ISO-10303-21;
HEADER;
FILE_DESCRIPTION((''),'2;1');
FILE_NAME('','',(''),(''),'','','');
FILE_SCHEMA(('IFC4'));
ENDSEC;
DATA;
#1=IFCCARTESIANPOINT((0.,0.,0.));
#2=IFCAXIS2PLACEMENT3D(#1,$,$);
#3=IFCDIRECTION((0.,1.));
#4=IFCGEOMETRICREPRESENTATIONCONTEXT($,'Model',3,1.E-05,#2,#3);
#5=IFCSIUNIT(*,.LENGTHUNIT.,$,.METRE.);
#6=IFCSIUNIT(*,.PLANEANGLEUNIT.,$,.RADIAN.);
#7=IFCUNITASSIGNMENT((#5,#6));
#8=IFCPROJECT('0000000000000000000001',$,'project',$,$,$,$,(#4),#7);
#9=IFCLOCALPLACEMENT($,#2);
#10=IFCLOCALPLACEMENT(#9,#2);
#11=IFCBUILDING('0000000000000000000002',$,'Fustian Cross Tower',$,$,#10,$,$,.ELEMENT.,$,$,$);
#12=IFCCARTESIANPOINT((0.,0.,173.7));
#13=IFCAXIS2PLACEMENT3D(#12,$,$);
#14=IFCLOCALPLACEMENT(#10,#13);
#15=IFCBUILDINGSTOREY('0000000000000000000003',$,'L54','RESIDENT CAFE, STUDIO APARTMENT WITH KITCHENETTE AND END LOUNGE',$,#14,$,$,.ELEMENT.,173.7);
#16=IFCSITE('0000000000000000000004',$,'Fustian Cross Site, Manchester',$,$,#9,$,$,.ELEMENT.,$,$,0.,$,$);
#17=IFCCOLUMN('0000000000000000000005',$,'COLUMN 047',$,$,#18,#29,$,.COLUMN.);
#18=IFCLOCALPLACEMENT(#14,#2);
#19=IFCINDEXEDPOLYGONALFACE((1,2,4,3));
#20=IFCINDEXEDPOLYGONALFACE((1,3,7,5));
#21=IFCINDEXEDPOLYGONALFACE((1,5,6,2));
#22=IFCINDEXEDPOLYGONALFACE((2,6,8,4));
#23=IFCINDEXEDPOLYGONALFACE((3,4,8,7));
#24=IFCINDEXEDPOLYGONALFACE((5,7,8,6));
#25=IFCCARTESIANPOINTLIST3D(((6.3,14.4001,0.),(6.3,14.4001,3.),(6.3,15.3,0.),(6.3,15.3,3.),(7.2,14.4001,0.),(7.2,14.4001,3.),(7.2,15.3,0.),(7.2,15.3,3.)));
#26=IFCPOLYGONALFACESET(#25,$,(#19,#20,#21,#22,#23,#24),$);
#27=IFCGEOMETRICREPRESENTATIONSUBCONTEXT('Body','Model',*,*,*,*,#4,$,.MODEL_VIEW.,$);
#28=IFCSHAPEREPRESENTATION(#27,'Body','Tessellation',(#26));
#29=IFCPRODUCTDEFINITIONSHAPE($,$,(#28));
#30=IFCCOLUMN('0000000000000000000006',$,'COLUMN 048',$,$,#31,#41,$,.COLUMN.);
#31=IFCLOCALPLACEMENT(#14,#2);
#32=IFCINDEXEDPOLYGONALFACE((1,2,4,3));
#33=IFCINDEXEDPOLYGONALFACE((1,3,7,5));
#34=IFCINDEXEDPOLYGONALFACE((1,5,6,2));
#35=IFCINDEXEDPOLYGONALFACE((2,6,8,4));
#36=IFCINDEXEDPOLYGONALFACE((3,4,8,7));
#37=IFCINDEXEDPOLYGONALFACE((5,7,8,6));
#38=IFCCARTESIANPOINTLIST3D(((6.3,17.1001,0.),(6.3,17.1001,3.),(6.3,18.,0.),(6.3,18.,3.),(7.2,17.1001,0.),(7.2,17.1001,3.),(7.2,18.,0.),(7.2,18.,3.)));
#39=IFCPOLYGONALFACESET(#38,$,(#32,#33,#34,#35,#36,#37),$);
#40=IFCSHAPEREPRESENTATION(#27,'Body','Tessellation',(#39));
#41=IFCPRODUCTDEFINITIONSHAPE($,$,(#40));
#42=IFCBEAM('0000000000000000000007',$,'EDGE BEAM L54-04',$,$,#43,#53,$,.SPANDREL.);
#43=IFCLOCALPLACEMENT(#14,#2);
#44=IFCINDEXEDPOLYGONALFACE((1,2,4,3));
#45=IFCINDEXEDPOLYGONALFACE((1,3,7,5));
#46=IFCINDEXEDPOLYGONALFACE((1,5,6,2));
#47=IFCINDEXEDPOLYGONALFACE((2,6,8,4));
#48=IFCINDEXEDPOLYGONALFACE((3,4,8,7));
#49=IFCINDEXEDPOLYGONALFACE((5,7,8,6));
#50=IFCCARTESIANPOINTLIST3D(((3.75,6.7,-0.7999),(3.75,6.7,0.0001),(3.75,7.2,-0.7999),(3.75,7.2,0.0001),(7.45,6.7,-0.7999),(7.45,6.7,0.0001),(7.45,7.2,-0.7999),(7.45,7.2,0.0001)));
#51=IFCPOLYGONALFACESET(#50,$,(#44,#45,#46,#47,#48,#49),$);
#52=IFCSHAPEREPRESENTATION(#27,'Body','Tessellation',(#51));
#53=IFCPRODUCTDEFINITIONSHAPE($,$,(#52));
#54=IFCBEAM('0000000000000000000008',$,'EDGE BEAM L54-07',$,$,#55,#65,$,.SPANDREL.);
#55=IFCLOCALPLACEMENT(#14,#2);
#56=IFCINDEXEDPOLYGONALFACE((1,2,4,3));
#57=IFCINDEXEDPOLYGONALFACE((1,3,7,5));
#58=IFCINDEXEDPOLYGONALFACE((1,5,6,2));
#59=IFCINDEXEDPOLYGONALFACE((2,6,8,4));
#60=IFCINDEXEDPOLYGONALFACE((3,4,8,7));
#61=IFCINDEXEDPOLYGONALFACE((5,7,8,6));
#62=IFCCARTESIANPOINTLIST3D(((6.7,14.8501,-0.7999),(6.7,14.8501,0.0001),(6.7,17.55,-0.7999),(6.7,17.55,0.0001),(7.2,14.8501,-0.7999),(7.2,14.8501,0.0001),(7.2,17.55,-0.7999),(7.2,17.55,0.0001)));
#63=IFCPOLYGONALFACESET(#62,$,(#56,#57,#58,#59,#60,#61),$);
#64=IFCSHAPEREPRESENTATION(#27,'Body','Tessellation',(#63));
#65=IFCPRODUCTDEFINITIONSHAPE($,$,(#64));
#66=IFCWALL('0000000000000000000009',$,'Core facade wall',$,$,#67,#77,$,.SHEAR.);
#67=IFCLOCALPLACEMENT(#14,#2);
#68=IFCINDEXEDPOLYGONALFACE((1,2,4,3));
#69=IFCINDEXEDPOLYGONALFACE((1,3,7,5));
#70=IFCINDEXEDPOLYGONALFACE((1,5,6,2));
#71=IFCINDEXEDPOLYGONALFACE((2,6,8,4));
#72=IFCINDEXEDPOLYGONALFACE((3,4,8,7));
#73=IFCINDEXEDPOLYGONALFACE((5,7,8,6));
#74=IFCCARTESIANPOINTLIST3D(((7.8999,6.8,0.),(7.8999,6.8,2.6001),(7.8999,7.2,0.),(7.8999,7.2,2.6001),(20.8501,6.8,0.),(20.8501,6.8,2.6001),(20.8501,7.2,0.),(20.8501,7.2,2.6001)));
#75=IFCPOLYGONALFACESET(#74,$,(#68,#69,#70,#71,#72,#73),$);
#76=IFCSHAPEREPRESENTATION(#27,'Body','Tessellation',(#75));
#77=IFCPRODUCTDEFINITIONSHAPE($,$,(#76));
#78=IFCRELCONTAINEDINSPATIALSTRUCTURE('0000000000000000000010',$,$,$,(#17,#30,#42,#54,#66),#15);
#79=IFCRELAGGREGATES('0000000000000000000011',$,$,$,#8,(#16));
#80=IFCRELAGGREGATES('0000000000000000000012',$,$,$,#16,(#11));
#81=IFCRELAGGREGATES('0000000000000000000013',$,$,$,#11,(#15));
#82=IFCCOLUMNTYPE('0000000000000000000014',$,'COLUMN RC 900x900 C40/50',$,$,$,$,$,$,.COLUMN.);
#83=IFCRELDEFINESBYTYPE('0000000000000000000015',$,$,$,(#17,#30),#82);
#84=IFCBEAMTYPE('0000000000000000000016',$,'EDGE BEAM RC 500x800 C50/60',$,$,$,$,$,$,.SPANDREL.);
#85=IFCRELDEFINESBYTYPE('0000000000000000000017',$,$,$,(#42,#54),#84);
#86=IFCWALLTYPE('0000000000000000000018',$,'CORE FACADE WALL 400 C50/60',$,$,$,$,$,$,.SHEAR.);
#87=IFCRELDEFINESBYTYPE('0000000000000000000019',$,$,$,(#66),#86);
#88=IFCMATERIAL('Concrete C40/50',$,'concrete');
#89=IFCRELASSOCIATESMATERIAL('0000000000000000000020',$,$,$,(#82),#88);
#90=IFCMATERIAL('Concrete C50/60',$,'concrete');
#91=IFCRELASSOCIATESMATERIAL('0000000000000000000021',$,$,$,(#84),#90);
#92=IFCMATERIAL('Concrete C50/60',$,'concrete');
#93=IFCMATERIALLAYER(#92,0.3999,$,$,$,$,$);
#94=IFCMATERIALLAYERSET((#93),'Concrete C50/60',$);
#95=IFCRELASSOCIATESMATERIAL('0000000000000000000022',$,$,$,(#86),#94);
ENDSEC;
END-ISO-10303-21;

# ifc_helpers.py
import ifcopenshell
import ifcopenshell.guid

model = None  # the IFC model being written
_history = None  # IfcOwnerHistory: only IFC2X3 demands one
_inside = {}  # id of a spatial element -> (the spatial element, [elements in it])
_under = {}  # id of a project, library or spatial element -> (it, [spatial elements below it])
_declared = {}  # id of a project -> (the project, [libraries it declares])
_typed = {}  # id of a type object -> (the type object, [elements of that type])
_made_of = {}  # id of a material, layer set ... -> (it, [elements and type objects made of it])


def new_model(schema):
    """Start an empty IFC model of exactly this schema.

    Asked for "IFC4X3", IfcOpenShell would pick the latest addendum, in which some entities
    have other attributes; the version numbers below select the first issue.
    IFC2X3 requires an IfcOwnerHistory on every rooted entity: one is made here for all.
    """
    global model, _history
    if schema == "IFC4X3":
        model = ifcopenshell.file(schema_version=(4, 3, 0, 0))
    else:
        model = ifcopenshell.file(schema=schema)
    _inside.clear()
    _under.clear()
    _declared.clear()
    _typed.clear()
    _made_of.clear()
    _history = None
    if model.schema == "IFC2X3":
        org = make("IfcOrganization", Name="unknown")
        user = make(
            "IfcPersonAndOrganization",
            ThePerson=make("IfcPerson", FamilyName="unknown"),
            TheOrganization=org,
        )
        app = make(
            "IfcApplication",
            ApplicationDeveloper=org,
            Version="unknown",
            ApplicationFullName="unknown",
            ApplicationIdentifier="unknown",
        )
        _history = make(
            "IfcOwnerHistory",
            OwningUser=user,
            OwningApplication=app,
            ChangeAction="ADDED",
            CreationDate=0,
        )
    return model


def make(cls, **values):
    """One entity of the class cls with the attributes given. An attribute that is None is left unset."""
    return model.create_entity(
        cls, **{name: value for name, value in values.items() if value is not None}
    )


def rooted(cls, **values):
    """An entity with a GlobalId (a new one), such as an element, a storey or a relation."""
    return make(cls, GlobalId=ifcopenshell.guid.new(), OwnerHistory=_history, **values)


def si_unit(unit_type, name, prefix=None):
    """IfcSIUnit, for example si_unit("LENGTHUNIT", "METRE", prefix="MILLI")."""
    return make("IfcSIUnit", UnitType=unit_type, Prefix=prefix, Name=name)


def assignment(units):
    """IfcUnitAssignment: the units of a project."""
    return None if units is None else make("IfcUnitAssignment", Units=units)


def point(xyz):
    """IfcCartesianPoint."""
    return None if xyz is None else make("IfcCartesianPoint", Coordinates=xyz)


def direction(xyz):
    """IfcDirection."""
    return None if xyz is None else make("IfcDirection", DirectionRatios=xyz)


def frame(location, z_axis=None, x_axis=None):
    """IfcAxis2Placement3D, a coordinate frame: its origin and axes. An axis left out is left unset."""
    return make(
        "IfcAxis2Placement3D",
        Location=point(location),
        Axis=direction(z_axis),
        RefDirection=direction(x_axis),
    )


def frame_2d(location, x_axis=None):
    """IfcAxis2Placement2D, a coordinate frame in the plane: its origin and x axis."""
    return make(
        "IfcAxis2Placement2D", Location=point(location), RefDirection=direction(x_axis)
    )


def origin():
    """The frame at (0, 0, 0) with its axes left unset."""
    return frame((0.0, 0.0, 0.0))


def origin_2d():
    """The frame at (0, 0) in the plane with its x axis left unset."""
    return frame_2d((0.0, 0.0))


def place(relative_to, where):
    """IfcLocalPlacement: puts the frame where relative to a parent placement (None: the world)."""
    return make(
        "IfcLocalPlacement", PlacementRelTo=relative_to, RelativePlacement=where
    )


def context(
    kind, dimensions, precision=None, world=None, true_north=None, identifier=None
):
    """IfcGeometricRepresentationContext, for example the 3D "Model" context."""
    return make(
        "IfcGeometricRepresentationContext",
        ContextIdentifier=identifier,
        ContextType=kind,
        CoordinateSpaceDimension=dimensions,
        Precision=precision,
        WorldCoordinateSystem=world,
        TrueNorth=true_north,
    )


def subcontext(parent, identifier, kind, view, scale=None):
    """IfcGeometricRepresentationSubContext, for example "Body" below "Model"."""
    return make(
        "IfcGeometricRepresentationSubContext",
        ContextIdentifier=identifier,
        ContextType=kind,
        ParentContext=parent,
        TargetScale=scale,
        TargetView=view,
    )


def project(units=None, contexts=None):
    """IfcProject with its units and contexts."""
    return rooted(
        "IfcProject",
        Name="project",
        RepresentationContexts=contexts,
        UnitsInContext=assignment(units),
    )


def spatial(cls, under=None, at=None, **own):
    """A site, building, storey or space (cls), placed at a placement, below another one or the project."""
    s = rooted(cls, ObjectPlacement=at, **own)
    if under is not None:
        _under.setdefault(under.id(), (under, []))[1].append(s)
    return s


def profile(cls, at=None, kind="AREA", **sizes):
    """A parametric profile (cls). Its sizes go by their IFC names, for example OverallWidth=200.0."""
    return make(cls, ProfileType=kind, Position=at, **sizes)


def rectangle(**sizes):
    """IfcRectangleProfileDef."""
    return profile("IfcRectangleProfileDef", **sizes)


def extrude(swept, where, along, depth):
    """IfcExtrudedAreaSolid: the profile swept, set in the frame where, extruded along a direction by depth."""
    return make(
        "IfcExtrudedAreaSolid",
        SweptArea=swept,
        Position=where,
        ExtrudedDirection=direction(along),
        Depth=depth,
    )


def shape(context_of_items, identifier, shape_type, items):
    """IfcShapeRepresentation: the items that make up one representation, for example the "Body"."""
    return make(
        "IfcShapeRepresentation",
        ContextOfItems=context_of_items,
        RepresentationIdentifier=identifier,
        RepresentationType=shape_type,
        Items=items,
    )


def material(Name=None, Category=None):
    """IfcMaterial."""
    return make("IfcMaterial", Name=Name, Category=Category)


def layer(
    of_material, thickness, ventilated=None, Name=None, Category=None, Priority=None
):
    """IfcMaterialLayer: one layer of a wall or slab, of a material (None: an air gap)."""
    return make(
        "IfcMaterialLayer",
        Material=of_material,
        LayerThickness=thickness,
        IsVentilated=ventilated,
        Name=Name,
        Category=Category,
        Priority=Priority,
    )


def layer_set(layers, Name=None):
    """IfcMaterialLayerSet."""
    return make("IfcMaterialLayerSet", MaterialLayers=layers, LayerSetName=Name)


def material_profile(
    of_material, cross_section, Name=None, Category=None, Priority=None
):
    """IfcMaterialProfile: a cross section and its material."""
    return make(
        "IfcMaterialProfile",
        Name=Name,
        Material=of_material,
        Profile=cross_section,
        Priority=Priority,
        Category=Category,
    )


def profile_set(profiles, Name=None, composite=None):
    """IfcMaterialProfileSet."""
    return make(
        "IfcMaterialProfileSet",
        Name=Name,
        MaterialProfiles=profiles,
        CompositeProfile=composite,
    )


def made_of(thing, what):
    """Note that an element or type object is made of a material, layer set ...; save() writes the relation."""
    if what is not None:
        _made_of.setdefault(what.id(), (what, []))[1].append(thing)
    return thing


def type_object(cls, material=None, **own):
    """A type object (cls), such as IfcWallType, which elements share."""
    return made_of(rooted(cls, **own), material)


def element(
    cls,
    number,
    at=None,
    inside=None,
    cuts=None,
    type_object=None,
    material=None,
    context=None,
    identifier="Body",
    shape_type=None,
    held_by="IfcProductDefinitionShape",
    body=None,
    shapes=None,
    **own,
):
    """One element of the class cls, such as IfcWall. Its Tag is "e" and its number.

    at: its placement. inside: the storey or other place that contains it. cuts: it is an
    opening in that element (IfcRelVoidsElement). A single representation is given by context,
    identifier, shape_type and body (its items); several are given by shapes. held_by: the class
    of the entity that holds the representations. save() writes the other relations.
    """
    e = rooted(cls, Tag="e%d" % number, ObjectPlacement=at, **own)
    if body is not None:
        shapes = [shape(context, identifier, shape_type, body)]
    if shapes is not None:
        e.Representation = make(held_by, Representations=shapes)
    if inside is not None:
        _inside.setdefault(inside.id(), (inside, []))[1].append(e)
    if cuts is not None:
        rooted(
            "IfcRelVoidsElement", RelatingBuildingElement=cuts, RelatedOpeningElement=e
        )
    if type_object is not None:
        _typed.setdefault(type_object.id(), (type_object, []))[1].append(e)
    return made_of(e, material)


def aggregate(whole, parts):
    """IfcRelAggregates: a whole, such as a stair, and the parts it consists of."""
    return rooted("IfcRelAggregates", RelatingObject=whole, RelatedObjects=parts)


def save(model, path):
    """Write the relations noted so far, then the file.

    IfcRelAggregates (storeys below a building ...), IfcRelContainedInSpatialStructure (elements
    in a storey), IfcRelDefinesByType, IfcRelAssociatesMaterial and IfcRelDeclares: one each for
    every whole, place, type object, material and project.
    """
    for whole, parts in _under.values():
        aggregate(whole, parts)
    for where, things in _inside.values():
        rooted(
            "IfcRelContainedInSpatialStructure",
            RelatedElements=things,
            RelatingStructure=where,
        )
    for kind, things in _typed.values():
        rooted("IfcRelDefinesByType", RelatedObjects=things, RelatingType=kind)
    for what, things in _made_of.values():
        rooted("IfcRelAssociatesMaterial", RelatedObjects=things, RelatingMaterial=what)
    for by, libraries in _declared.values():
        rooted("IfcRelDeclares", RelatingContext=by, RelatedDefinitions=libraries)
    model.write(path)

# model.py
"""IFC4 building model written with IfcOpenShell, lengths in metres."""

from ifc_helpers import new_model, si_unit, direction, frame, frame_2d, origin, origin_2d, place, context, subcontext, project, spatial, rectangle, extrude, material, layer, layer_set, material_profile, profile_set, type_object, element, save


model = new_model("IFC4")

# Units and contexts
model_context = context("Model", 3, precision=1e-05, world=origin(), true_north=direction((0.0, 1.0)))
body_context = subcontext(model_context, "Body", "Model", "MODEL_VIEW")
ifc_project = project(units=[si_unit("LENGTHUNIT", "METRE"), si_unit("PLANEANGLEUNIT", "RADIAN")], contexts=[model_context])

# Site, building, storey
site_placement = place(None, origin())
site = spatial("IfcSite", under=ifc_project, at=site_placement, Name="Fustian Cross Site, Manchester", CompositionType="ELEMENT", RefElevation=0.0)
building_placement = place(site_placement, origin())
building = spatial("IfcBuilding", under=site, at=building_placement, Name="Fustian Cross Tower", CompositionType="ELEMENT")
storey_placement = place(building_placement, frame((0.0, 0.0, 173.7)))
storey = spatial("IfcBuildingStorey", under=building, at=storey_placement, Name="L54", Description="RESIDENT CAFE, STUDIO APARTMENT WITH KITCHENETTE AND END LOUNGE", CompositionType="ELEMENT", Elevation=173.7)

# Columns
ifc_material_1 = material(Name="Concrete C40/50", Category="concrete")
ifc_material_profile_1 = material_profile(ifc_material_1, rectangle(XDim=0.8999, YDim=0.8999, at=origin_2d()), Name="RC 900x900")
ifc_profile_set_1 = profile_set([ifc_material_profile_1], Name="Concrete C40/50")
column_type = type_object("IfcColumnType", Name="COLUMN RC 900x900 C40/50", PredefinedType="COLUMN", material=ifc_profile_set_1)
for number, where, z_axis, x_axis, name in (
    (1, (6.75, 14.8501, 0.0), (0.0, 0.0, 1.0), (1.0, 0.0, 0.0), "COLUMN 047"),
    (2, (6.75, 17.55, 0.0), (0.0, 0.0, 1.0), (1.0, 0.0, 0.0), "COLUMN 048"),
):
    element("IfcColumn", number, at=place(storey_placement, frame(where, z_axis=z_axis, x_axis=x_axis)), inside=storey, type_object=column_type, Name=name, PredefinedType="COLUMN", context=body_context, shape_type="SweptSolid", body=[
        extrude(rectangle(XDim=0.8999, YDim=0.8999, at=origin_2d()), origin(), (0.0, 0.0, 1.0), 3.0),
    ])

# Beams
ifc_material_2 = material(Name="Concrete C50/60", Category="concrete")
ifc_material_profile_2 = material_profile(ifc_material_2, rectangle(XDim=0.5, YDim=0.8, at=origin_2d()), Name="RC 500x800")
ifc_profile_set_2 = profile_set([ifc_material_profile_2], Name="Concrete C50/60")
beam_type = type_object("IfcBeamType", Name="EDGE BEAM RC 500x800 C50/60", PredefinedType="SPANDREL", material=ifc_profile_set_2)
beam_1_placement = place(storey_placement, frame((7.45, 6.95, -0.3999), z_axis=(-1.0, 0.0, 0.0), x_axis=(0.0, -1.0, 0.0)))
element("IfcBeam", 3, at=beam_1_placement, inside=storey, type_object=beam_type, Name="EDGE BEAM L54-04", PredefinedType="SPANDREL", context=body_context, shape_type="SweptSolid", body=[
    extrude(rectangle(XDim=0.5, YDim=0.8, at=origin_2d()), origin(), (0.0, 0.0, 1.0), 3.7),
])
beam_2_placement = place(storey_placement, frame((6.95, 14.8501, -0.3999), z_axis=(0.0, 1.0, 0.0), x_axis=(-1.0, 0.0, 0.0)))
element("IfcBeam", 4, at=beam_2_placement, inside=storey, type_object=beam_type, Name="EDGE BEAM L54-07", PredefinedType="SPANDREL", context=body_context, shape_type="SweptSolid", body=[
    extrude(rectangle(XDim=0.5, YDim=0.8, at=origin_2d()), origin(), (0.0, 0.0, 1.0), 2.7),
])

# Wall
ifc_material_3 = material(Name="Concrete C50/60", Category="concrete")
ifc_layer_1 = layer(ifc_material_3, 0.3999)
ifc_layer_set_1 = layer_set([ifc_layer_1], Name="Concrete C50/60")
wall_type_1 = type_object("IfcWallType", Name="CORE FACADE WALL 400 C50/60", PredefinedType="SHEAR", material=ifc_layer_set_1)
wall_1_placement = place(storey_placement, frame((7.8999, 7.0, 0.0), z_axis=(0.0, 0.0, 1.0), x_axis=(1.0, 0.0, 0.0)))
element("IfcWall", 5, at=wall_1_placement, inside=storey, type_object=wall_type_1, Name="Core facade wall", PredefinedType="SHEAR", context=body_context, shape_type="SweptSolid", body=[
    extrude(rectangle(XDim=12.9502, YDim=0.3999, at=frame_2d((6.4751, 0.0))), origin(), (0.0, 0.0, 1.0), 2.6001),
])

save(model, "model.ifc")
